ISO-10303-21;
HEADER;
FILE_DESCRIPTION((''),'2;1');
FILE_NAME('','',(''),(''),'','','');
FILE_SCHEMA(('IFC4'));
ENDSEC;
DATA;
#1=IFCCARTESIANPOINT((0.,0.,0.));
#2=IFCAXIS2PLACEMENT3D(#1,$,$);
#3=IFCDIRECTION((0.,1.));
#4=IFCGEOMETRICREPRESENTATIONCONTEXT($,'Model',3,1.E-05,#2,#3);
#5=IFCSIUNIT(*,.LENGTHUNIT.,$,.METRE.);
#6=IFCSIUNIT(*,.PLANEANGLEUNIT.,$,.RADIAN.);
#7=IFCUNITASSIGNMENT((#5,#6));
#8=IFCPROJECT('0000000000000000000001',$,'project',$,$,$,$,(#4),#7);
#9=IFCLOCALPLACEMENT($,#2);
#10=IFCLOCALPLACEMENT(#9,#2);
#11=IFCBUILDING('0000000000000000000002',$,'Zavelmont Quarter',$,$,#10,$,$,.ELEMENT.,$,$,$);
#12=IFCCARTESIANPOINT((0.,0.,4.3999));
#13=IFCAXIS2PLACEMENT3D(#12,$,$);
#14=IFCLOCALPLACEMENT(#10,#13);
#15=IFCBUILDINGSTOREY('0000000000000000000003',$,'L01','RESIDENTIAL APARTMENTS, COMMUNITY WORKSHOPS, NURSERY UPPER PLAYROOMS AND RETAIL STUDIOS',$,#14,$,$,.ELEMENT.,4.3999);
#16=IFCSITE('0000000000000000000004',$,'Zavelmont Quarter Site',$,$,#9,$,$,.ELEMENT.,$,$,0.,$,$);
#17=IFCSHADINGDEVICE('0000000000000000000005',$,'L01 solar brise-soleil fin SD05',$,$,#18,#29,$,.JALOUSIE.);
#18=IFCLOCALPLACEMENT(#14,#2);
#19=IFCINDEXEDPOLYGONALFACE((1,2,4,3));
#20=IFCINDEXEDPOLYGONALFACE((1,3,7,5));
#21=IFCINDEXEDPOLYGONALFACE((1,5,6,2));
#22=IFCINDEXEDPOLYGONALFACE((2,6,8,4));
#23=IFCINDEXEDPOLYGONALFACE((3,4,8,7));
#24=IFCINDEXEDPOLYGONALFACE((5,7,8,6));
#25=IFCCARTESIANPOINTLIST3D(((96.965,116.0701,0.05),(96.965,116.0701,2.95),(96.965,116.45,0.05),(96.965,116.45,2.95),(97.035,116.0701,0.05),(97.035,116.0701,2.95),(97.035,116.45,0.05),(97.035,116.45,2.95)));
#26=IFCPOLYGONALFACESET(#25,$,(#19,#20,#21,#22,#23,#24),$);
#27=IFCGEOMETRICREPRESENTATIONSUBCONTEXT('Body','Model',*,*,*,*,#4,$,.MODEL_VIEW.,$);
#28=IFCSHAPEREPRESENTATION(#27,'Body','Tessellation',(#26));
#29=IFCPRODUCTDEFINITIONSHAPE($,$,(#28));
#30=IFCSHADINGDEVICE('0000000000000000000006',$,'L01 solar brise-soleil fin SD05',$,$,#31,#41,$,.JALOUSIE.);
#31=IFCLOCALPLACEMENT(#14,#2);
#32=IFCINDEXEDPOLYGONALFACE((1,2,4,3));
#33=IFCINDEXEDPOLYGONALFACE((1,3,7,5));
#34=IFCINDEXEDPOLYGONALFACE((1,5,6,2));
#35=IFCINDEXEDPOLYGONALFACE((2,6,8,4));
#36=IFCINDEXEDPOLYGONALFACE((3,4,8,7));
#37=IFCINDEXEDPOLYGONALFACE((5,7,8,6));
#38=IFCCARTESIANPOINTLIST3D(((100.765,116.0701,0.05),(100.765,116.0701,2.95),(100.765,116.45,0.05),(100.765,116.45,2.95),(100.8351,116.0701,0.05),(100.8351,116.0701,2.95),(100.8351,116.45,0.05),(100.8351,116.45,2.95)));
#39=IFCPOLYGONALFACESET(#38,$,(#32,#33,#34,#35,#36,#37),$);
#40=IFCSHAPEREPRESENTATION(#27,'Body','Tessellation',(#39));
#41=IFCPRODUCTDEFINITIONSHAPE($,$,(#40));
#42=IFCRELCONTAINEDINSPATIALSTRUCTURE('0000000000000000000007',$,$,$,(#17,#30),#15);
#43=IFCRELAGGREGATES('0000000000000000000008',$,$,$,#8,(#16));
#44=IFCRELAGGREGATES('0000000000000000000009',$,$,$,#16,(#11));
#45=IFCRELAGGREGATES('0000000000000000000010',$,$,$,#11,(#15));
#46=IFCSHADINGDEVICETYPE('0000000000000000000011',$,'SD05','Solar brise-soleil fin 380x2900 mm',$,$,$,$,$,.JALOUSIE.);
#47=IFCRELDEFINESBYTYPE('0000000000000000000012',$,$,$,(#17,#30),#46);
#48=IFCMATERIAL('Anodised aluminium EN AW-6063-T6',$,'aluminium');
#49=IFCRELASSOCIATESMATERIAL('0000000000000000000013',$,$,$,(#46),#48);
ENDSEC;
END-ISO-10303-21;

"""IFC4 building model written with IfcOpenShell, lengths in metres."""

from ifc_helpers import new_model, si_unit, direction, frame, origin, origin_2d, place, context, subcontext, project, spatial, rectangle, extrude, material, type_object, element, save


model = new_model("IFC4")

# Units and contexts
model_context = context("Model", 3, precision=1e-05, world=origin(), true_north=direction((0.0, 1.0)))
body_context = subcontext(model_context, "Body", "Model", "MODEL_VIEW")
ifc_project = project(units=[si_unit("LENGTHUNIT", "METRE"), si_unit("PLANEANGLEUNIT", "RADIAN")], contexts=[model_context])

# Site, building, storey
site_placement = place(None, origin())
site = spatial("IfcSite", under=ifc_project, at=site_placement, Name="Zavelmont Quarter Site", CompositionType="ELEMENT", RefElevation=0.0)
building_placement = place(site_placement, origin())
building = spatial("IfcBuilding", under=site, at=building_placement, Name="Zavelmont Quarter", CompositionType="ELEMENT")
storey_placement = place(building_placement, frame((0.0, 0.0, 4.3999)))
storey = spatial("IfcBuildingStorey", under=building, at=storey_placement, Name="L01", Description="RESIDENTIAL APARTMENTS, COMMUNITY WORKSHOPS, NURSERY UPPER PLAYROOMS AND RETAIL STUDIOS", CompositionType="ELEMENT", Elevation=4.3999)

# Shading devices
ifc_material_1 = material(Name="Anodised aluminium EN AW-6063-T6", Category="aluminium")
shading_device_type = type_object("IfcShadingDeviceType", Name="SD05", Description="Solar brise-soleil fin 380x2900 mm", PredefinedType="JALOUSIE", material=ifc_material_1)
for number, where, z_axis, x_axis, name in (
    (1, (97.0, 116.26, 0.05), (0.0, 0.0, 1.0), (1.0, 0.0, 0.0), "L01 solar brise-soleil fin SD05"),
    (2, (100.8, 116.26, 0.05), (0.0, 0.0, 1.0), (1.0, 0.0, 0.0), "L01 solar brise-soleil fin SD05"),
):
    element("IfcShadingDevice", number, at=place(storey_placement, frame(where, z_axis=z_axis, x_axis=x_axis)), inside=storey, type_object=shading_device_type, Name=name, PredefinedType="JALOUSIE", context=body_context, shape_type="SweptSolid", body=[
        extrude(rectangle(XDim=0.0701, YDim=0.3799, at=origin_2d()), origin(), (0.0, 0.0, 1.0), 2.8999),
    ])

save(model, "model.ifc")
